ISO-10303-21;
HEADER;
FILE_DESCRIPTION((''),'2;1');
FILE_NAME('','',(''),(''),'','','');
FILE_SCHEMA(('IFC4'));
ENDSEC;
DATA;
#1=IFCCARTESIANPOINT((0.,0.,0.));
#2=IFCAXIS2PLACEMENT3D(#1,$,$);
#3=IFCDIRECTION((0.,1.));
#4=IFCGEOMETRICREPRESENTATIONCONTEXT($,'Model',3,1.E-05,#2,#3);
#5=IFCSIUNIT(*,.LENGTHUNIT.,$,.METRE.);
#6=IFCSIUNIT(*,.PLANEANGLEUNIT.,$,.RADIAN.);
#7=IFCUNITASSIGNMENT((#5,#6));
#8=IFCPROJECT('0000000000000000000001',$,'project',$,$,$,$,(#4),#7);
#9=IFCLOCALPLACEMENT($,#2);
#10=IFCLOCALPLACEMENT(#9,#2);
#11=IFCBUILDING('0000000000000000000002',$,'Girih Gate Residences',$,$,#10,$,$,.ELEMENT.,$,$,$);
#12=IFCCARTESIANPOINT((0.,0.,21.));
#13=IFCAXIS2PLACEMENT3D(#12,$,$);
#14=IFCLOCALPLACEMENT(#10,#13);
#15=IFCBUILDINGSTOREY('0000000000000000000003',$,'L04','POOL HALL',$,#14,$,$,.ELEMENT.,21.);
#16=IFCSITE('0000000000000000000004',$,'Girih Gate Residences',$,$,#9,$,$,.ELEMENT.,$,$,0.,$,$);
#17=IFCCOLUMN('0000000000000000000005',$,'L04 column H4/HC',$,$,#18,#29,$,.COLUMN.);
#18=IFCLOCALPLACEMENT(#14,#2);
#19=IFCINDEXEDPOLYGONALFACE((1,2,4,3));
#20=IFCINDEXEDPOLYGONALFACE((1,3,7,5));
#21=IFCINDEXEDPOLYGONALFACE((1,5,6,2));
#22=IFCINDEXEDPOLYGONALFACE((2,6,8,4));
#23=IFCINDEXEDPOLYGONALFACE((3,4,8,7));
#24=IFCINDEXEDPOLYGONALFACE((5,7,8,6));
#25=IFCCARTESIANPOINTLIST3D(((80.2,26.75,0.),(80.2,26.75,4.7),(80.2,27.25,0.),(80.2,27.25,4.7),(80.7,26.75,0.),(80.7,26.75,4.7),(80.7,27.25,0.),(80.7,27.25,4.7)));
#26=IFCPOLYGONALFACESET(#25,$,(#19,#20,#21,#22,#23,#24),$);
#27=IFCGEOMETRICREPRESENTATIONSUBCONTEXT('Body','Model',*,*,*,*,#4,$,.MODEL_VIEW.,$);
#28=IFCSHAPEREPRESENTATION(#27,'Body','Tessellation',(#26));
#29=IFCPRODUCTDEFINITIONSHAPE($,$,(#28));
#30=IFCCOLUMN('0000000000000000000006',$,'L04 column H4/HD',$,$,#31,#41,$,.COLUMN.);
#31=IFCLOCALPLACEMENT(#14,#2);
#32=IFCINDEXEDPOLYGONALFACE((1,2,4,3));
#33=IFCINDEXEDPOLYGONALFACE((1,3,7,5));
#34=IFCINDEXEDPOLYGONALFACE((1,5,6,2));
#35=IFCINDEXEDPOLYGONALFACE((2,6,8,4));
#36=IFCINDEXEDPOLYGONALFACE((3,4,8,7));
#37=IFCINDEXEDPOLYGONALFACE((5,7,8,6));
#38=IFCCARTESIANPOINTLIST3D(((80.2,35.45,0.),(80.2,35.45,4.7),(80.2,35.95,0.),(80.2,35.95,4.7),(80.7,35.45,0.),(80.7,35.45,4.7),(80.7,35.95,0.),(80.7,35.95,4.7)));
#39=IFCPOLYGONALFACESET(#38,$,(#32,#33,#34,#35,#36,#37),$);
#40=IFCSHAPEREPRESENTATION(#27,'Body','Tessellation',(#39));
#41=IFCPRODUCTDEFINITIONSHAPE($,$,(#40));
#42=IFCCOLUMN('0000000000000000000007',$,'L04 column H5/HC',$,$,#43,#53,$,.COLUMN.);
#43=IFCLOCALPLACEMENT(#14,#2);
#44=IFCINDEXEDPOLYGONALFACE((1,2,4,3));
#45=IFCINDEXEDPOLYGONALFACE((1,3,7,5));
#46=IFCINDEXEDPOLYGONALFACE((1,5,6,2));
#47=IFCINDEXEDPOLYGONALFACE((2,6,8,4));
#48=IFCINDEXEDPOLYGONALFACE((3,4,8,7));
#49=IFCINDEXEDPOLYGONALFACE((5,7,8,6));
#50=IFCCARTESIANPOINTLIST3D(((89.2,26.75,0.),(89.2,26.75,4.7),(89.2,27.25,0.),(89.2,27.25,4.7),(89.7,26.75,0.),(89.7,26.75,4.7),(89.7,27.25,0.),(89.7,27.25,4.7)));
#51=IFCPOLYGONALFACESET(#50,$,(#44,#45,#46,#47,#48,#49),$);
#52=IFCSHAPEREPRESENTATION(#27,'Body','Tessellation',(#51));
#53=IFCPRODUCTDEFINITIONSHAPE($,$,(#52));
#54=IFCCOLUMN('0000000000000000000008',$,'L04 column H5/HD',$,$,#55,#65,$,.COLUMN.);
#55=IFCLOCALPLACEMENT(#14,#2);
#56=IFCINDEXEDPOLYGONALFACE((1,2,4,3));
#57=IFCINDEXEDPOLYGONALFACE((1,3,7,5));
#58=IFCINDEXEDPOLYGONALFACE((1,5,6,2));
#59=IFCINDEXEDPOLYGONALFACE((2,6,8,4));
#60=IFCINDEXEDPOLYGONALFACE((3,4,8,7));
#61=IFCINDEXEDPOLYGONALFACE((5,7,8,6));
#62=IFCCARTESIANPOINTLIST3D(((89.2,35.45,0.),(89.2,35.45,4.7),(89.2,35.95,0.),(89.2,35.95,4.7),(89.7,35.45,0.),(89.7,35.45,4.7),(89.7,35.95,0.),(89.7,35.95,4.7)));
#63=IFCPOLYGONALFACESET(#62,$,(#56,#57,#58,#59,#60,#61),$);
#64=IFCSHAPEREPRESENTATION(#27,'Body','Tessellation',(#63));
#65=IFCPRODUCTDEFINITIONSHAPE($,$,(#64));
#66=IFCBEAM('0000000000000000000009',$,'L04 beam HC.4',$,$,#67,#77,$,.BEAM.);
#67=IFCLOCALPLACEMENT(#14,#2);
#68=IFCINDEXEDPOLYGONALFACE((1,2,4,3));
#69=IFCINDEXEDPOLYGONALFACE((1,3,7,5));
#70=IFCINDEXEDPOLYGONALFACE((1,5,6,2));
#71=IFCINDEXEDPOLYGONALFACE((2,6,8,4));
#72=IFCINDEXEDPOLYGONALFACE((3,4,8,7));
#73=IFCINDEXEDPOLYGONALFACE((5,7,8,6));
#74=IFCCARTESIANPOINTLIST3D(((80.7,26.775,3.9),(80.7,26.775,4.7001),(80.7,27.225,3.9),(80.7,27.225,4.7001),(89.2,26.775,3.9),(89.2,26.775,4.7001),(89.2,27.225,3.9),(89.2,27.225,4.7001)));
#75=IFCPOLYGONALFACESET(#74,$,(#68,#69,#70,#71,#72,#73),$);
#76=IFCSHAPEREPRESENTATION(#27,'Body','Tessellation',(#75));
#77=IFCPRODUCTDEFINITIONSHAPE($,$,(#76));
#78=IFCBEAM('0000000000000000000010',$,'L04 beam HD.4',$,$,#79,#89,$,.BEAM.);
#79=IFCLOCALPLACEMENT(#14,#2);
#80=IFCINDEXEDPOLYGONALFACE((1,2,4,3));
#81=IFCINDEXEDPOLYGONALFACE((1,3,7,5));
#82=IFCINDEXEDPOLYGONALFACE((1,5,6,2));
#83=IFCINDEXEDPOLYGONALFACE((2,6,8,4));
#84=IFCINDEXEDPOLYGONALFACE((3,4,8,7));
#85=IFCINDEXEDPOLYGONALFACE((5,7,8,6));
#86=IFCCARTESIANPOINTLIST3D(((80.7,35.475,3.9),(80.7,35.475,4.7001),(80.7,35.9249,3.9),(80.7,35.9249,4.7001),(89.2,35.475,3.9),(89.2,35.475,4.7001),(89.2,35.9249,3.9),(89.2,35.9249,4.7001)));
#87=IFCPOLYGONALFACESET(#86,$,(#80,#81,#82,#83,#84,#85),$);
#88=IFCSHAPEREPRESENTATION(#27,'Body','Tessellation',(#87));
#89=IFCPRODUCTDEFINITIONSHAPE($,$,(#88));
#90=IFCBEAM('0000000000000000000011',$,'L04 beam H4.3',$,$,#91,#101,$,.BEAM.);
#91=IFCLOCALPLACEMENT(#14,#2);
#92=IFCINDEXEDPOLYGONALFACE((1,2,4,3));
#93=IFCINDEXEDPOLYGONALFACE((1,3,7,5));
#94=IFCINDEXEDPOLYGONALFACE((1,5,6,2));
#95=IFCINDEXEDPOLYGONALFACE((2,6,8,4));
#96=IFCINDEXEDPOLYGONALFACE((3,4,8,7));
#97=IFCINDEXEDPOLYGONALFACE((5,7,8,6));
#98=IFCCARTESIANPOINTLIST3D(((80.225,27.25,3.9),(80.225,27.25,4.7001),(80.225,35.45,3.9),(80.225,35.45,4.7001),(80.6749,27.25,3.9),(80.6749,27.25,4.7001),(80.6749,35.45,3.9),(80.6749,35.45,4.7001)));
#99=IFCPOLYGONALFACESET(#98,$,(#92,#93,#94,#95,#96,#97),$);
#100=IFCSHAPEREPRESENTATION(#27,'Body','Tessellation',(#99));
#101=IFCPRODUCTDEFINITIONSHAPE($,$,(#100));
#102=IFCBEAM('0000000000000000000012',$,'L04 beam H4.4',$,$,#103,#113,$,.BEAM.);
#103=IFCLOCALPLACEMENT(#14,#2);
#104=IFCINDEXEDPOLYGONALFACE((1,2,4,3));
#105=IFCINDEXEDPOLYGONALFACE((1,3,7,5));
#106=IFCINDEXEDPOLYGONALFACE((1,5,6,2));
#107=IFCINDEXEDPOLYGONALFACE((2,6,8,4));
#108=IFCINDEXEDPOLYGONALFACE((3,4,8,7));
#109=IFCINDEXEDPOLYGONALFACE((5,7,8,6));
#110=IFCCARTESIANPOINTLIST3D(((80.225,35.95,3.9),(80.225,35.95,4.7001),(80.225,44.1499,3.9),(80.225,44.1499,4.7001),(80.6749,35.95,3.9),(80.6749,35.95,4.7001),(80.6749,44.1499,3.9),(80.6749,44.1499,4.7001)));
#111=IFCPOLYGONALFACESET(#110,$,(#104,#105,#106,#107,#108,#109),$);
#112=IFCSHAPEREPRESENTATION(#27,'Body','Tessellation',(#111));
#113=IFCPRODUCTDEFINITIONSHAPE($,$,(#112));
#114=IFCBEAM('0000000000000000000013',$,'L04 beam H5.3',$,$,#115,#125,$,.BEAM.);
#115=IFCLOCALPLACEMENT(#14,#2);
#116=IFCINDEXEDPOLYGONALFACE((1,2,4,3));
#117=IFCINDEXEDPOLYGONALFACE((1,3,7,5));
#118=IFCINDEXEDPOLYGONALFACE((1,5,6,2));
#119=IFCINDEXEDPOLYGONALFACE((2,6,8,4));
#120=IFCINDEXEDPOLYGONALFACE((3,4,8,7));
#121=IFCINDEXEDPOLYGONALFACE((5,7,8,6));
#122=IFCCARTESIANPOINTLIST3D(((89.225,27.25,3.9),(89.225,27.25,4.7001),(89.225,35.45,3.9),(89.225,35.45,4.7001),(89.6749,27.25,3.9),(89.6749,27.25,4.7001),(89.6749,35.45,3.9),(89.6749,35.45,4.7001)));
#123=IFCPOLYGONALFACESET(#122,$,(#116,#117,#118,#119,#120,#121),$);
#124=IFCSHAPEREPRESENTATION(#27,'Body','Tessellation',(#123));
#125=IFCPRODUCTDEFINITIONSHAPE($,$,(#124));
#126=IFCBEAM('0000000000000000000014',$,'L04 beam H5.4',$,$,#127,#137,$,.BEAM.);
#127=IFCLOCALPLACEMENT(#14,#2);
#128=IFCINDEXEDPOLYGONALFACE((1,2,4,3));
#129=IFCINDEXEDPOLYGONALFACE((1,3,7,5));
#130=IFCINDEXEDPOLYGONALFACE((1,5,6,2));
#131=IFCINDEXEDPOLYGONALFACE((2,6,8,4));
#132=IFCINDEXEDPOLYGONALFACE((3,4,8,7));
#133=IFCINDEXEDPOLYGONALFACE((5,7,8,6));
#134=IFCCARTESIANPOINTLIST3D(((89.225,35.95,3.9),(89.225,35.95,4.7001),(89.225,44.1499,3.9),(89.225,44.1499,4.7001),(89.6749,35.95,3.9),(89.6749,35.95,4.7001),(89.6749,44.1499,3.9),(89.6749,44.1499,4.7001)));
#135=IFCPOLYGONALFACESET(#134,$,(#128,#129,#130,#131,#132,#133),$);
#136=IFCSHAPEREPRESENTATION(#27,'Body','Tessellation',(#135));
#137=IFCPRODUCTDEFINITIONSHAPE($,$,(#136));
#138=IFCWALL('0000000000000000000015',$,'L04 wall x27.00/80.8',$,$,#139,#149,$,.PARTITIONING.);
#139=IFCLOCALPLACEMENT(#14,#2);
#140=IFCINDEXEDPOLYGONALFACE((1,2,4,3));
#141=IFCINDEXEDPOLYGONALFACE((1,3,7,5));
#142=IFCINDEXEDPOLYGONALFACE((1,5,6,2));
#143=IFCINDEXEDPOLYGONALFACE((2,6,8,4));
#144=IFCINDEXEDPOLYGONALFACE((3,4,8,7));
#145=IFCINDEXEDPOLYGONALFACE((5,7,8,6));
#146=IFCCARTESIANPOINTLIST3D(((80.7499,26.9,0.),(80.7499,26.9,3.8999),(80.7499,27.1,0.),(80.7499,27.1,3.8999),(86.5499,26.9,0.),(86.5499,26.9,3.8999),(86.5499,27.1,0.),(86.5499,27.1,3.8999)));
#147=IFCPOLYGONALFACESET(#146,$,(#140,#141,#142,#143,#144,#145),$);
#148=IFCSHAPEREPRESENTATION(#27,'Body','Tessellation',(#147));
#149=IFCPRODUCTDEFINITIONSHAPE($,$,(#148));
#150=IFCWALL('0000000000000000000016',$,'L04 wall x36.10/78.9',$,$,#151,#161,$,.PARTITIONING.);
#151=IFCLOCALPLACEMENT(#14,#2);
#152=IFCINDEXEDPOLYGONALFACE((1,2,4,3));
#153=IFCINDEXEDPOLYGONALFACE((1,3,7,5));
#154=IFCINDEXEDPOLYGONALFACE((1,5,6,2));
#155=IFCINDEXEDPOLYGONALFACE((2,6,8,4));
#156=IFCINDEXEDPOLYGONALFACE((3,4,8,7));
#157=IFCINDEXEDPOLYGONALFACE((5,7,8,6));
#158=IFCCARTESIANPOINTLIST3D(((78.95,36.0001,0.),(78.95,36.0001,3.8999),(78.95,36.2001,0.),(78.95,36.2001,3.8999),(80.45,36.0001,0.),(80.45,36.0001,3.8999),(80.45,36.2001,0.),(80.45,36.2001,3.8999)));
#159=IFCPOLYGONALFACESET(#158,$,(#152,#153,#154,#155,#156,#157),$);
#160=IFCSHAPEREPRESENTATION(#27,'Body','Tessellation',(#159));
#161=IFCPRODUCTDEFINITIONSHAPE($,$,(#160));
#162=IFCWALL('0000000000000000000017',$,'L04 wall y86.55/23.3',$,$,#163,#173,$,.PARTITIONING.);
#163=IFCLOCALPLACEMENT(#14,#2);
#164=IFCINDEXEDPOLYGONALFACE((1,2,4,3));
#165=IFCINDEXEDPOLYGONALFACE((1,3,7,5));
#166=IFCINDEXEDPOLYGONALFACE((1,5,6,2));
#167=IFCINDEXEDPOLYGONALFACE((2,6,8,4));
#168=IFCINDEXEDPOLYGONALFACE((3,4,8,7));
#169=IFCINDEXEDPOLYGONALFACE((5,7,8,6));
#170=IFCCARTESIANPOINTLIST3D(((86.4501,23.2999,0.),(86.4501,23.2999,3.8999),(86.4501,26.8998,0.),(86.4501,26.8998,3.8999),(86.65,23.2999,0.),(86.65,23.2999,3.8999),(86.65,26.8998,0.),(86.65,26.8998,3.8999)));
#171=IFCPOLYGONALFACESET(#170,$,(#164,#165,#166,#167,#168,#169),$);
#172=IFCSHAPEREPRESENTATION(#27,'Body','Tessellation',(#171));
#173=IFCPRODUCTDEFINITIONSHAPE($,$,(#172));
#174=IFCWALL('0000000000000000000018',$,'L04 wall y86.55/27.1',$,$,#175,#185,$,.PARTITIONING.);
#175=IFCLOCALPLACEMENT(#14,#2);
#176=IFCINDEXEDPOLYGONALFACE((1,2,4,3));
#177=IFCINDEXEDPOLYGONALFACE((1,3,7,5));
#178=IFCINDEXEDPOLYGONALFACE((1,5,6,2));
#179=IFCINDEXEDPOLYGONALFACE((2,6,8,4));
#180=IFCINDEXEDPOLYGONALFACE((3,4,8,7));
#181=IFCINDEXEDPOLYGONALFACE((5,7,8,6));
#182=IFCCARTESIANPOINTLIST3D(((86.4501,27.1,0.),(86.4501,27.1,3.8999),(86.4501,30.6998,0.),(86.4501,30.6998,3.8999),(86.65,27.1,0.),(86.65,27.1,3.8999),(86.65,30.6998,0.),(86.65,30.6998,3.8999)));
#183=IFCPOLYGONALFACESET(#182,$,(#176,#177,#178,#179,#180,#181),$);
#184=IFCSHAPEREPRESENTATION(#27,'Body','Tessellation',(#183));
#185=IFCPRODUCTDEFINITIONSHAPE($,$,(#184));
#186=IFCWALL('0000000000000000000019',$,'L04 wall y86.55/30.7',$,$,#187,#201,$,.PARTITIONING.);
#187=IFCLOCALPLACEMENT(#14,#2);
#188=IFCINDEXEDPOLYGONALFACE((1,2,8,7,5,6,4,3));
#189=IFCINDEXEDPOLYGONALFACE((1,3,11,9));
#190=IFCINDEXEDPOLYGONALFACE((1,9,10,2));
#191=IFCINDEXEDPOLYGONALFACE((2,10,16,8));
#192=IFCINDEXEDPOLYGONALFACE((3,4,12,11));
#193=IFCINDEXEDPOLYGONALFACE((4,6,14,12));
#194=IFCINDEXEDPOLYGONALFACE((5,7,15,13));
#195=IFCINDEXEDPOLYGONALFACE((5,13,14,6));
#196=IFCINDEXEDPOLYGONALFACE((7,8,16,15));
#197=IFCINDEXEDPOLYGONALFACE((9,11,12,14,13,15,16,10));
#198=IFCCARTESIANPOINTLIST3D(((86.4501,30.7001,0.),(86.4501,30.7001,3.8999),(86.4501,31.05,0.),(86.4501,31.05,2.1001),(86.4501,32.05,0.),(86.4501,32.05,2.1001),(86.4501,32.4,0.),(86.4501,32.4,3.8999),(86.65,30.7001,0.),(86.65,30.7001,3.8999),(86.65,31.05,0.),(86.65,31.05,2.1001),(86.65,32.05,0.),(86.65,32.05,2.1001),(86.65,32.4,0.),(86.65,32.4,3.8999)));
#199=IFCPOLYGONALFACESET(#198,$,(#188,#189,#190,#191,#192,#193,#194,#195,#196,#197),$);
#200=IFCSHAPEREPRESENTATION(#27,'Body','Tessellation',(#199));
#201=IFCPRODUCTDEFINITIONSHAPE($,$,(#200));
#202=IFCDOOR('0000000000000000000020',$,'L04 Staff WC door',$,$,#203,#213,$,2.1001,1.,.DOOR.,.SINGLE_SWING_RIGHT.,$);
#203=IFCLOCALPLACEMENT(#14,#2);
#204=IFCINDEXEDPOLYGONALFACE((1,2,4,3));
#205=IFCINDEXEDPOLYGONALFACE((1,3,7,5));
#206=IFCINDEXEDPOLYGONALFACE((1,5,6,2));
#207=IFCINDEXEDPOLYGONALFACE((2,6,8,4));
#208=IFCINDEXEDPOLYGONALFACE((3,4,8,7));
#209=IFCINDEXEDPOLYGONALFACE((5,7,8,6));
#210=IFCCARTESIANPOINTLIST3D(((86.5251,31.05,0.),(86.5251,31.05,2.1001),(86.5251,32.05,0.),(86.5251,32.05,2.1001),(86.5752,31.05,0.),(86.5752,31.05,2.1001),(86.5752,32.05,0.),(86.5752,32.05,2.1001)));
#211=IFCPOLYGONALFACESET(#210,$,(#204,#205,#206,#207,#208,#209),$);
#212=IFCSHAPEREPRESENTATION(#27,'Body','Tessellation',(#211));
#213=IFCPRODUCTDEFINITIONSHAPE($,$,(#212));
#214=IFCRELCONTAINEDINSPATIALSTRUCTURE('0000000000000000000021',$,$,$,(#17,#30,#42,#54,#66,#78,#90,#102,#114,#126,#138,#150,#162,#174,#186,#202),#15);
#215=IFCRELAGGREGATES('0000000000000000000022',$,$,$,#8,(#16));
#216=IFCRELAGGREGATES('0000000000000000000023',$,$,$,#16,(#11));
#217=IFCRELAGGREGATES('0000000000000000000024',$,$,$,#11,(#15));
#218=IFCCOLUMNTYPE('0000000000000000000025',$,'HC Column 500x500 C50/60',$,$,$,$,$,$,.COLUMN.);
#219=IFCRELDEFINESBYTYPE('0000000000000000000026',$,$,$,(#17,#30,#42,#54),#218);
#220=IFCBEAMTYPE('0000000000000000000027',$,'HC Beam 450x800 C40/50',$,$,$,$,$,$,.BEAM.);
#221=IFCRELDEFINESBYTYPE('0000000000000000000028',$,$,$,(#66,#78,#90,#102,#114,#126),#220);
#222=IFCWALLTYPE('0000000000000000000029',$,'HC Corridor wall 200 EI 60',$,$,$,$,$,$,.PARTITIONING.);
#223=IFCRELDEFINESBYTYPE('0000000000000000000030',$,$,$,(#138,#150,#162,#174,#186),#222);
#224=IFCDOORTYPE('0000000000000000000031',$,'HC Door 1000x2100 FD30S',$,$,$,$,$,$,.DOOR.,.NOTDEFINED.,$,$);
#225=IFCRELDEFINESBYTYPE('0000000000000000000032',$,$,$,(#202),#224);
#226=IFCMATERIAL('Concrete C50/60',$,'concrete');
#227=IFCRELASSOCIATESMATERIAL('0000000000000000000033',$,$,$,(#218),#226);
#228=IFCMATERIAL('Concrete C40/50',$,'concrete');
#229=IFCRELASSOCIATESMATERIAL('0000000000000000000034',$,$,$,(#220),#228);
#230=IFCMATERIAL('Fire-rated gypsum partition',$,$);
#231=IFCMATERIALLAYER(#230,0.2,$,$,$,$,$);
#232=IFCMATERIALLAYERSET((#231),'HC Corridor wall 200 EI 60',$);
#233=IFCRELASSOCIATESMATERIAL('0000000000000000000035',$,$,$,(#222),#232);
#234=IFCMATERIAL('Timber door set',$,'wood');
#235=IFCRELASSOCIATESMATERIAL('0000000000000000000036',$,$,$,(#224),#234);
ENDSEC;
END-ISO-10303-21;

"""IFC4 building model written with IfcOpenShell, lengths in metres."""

from ifc_helpers import new_model, si_unit, direction, frame, frame_2d, origin, origin_2d, place, context, subcontext, project, spatial, rectangle, extrude, material, layer, layer_set, material_profile, profile_set, type_object, element, fill, save


model = new_model("IFC4")

# Units and contexts
model_context = context("Model", 3, precision=1e-05, world=origin(), true_north=direction((0.0, 1.0)))
body_context = subcontext(model_context, "Body", "Model", "MODEL_VIEW")
ifc_project = project(units=[si_unit("LENGTHUNIT", "METRE"), si_unit("PLANEANGLEUNIT", "RADIAN")], contexts=[model_context])

# Site, building, storey
site_placement = place(None, origin())
site = spatial("IfcSite", under=ifc_project, at=site_placement, Name="Girih Gate Residences", CompositionType="ELEMENT", RefElevation=0.0)
building_placement = place(site_placement, origin())
building = spatial("IfcBuilding", under=site, at=building_placement, Name="Girih Gate Residences", CompositionType="ELEMENT")
storey_placement = place(building_placement, frame((0.0, 0.0, 21.0)))
storey = spatial("IfcBuildingStorey", under=building, at=storey_placement, Name="L04", Description="POOL HALL", CompositionType="ELEMENT", Elevation=21.0)

# Columns
ifc_material_1 = material(Name="Concrete C50/60", Category="concrete")
ifc_material_profile_1 = material_profile(ifc_material_1, rectangle(XDim=0.5, YDim=0.5, at=origin_2d()))
ifc_profile_set_1 = profile_set([ifc_material_profile_1], Name="Concrete C50/60")
column_type = type_object("IfcColumnType", Name="HC Column 500x500 C50/60", PredefinedType="COLUMN", material=ifc_profile_set_1)
for number, where, z_axis, x_axis, name in (
    (1, (80.45, 27.0, 0.0), (0.0, 0.0, 1.0), (1.0, 0.0, 0.0), "L04 column H4/HC"),
    (2, (80.45, 35.7, 0.0), (0.0, 0.0, 1.0), (1.0, 0.0, 0.0), "L04 column H4/HD"),
    (3, (89.45, 27.0, 0.0), (0.0, 0.0, 1.0), (1.0, 0.0, 0.0), "L04 column H5/HC"),
    (4, (89.45, 35.7, 0.0), (0.0, 0.0, 1.0), (1.0, 0.0, 0.0), "L04 column H5/HD"),
):
    element("IfcColumn", number, at=place(storey_placement, frame(where, z_axis=z_axis, x_axis=x_axis)), inside=storey, type_object=column_type, Name=name, PredefinedType="COLUMN", context=body_context, shape_type="SweptSolid", body=[
        extrude(rectangle(XDim=0.5, YDim=0.5, at=origin_2d()), origin(), (0.0, 0.0, 1.0), 4.7),
    ])

# Beams
ifc_material_2 = material(Name="Concrete C40/50", Category="concrete")
ifc_material_profile_2 = material_profile(ifc_material_2, rectangle(XDim=0.45, YDim=0.8, at=origin_2d()))
ifc_profile_set_2 = profile_set([ifc_material_profile_2], Name="Concrete C40/50")
beam_type = type_object("IfcBeamType", Name="HC Beam 450x800 C40/50", PredefinedType="BEAM", material=ifc_profile_set_2)
for number, where, z_axis, x_axis, name in (
    (5, (80.7, 27.0, 4.3), (1.0, 0.0, 0.0), (0.0, 1.0, 0.0), "L04 beam HC.4"),
    (6, (80.7, 35.7, 4.3), (1.0, 0.0, 0.0), (0.0, 1.0, 0.0), "L04 beam HD.4"),
):
    element("IfcBeam", number, at=place(storey_placement, frame(where, z_axis=z_axis, x_axis=x_axis)), inside=storey, type_object=beam_type, Name=name, PredefinedType="BEAM", context=body_context, shape_type="SweptSolid", body=[
        extrude(rectangle(XDim=0.45, YDim=0.8, at=origin_2d()), origin(), (0.0, 0.0, 1.0), 8.5),
    ])
for number, where, z_axis, x_axis, name in (
    (7, (80.45, 27.25, 4.3), (0.0, 1.0, 0.0), (-1.0, 0.0, 0.0), "L04 beam H4.3"),
    (8, (80.45, 35.95, 4.3), (0.0, 1.0, 0.0), (-1.0, 0.0, 0.0), "L04 beam H4.4"),
    (9, (89.45, 27.25, 4.3), (0.0, 1.0, 0.0), (-1.0, 0.0, 0.0), "L04 beam H5.3"),
    (10, (89.45, 35.95, 4.3), (0.0, 1.0, 0.0), (-1.0, 0.0, 0.0), "L04 beam H5.4"),
):
    element("IfcBeam", number, at=place(storey_placement, frame(where, z_axis=z_axis, x_axis=x_axis)), inside=storey, type_object=beam_type, Name=name, PredefinedType="BEAM", context=body_context, shape_type="SweptSolid", body=[
        extrude(rectangle(XDim=0.45, YDim=0.8, at=origin_2d()), origin(), (0.0, 0.0, 1.0), 8.2),
    ])

# Walls
ifc_material_3 = material(Name="Fire-rated gypsum partition")
ifc_layer_1 = layer(ifc_material_3, 0.2)
ifc_layer_set_1 = layer_set([ifc_layer_1], Name="HC Corridor wall 200 EI 60")
wall_type_1 = type_object("IfcWallType", Name="HC Corridor wall 200 EI 60", PredefinedType="PARTITIONING", material=ifc_layer_set_1)
wall_1_placement = place(storey_placement, frame((80.75, 27.0, 0.0), z_axis=(0.0, 0.0, 1.0), x_axis=(1.0, 0.0, 0.0)))
element("IfcWall", 11, at=wall_1_placement, inside=storey, type_object=wall_type_1, Name="L04 wall x27.00/80.8", PredefinedType="PARTITIONING", context=body_context, shape_type="SweptSolid", body=[
    extrude(rectangle(XDim=5.8, YDim=0.2, at=frame_2d((2.8999, 0.0))), origin(), (0.0, 0.0, 1.0), 3.8999),
])
wall_2_placement = place(storey_placement, frame((78.95, 36.1001, 0.0), z_axis=(0.0, 0.0, 1.0), x_axis=(1.0, 0.0, 0.0)))
element("IfcWall", 12, at=wall_2_placement, inside=storey, type_object=wall_type_1, Name="L04 wall x36.10/78.9", PredefinedType="PARTITIONING", context=body_context, shape_type="SweptSolid", body=[
    extrude(rectangle(XDim=1.5, YDim=0.2, at=frame_2d((0.75, 0.0))), origin(), (0.0, 0.0, 1.0), 3.8999),
])
for number, where, z_axis, x_axis, name in (
    (13, (86.55, 23.3, 0.0), (0.0, 0.0, 1.0), (0.0, 1.0, 0.0), "L04 wall y86.55/23.3"),
    (14, (86.55, 27.1001, 0.0), (0.0, 0.0, 1.0), (0.0, 1.0, 0.0), "L04 wall y86.55/27.1"),
):
    element("IfcWall", number, at=place(storey_placement, frame(where, z_axis=z_axis, x_axis=x_axis)), inside=storey, type_object=wall_type_1, Name=name, PredefinedType="PARTITIONING", context=body_context, shape_type="SweptSolid", body=[
        extrude(rectangle(XDim=3.5999, YDim=0.2, at=frame_2d((1.7998, 0.0))), origin(), (0.0, 0.0, 1.0), 3.8999),
    ])

# Wall, opening, door
wall_3_placement = place(storey_placement, frame((86.55, 30.7, 0.0), z_axis=(0.0, 0.0, 1.0), x_axis=(0.0, 1.0, 0.0)))
wall_3 = element("IfcWall", 15, at=wall_3_placement, inside=storey, type_object=wall_type_1, Name="L04 wall y86.55/30.7", PredefinedType="PARTITIONING", context=body_context, shape_type="SweptSolid", body=[
    extrude(rectangle(XDim=1.7, YDim=0.2, at=frame_2d((0.8501, 0.0))), origin(), (0.0, 0.0, 1.0), 3.8999),
])
opening_placement = place(wall_3_placement, frame((0.3501, 0.0, 0.0)))
opening = element("IfcOpeningElement", 16, at=opening_placement, cuts=wall_3, PredefinedType="OPENING", context=body_context, shape_type="SweptSolid", body=[
    extrude(rectangle(XDim=1.0, YDim=2.1001, at=frame_2d((0.5, 1.05))), frame((0.0, 0.1099, 0.0), z_axis=(0.0, -1.0, 0.0), x_axis=(1.0, 0.0, 0.0)), (0.0, 0.0, 1.0), 0.22),
])
ifc_material_4 = material(Name="Timber door set", Category="wood")
door_type = type_object("IfcDoorType", Name="HC Door 1000x2100 FD30S", OperationType="NOTDEFINED", PredefinedType="DOOR", material=ifc_material_4)
door_placement = place(opening_placement, origin())
door = element("IfcDoor", 17, at=door_placement, inside=storey, type_object=door_type, Name="L04 Staff WC door", OperationType="SINGLE_SWING_RIGHT", OverallHeight=2.1001, OverallWidth=1.0, PredefinedType="DOOR", context=body_context, shape_type="SweptSolid", body=[
    extrude(rectangle(XDim=1.0, YDim=2.1001, at=frame_2d((0.5, 1.05))), frame((0.0, 0.0249, 0.0), z_axis=(0.0, -1.0, 0.0), x_axis=(1.0, 0.0, 0.0)), (0.0, 0.0, 1.0), 0.05),
])
fill(opening, door)

save(model, "model.ifc")
